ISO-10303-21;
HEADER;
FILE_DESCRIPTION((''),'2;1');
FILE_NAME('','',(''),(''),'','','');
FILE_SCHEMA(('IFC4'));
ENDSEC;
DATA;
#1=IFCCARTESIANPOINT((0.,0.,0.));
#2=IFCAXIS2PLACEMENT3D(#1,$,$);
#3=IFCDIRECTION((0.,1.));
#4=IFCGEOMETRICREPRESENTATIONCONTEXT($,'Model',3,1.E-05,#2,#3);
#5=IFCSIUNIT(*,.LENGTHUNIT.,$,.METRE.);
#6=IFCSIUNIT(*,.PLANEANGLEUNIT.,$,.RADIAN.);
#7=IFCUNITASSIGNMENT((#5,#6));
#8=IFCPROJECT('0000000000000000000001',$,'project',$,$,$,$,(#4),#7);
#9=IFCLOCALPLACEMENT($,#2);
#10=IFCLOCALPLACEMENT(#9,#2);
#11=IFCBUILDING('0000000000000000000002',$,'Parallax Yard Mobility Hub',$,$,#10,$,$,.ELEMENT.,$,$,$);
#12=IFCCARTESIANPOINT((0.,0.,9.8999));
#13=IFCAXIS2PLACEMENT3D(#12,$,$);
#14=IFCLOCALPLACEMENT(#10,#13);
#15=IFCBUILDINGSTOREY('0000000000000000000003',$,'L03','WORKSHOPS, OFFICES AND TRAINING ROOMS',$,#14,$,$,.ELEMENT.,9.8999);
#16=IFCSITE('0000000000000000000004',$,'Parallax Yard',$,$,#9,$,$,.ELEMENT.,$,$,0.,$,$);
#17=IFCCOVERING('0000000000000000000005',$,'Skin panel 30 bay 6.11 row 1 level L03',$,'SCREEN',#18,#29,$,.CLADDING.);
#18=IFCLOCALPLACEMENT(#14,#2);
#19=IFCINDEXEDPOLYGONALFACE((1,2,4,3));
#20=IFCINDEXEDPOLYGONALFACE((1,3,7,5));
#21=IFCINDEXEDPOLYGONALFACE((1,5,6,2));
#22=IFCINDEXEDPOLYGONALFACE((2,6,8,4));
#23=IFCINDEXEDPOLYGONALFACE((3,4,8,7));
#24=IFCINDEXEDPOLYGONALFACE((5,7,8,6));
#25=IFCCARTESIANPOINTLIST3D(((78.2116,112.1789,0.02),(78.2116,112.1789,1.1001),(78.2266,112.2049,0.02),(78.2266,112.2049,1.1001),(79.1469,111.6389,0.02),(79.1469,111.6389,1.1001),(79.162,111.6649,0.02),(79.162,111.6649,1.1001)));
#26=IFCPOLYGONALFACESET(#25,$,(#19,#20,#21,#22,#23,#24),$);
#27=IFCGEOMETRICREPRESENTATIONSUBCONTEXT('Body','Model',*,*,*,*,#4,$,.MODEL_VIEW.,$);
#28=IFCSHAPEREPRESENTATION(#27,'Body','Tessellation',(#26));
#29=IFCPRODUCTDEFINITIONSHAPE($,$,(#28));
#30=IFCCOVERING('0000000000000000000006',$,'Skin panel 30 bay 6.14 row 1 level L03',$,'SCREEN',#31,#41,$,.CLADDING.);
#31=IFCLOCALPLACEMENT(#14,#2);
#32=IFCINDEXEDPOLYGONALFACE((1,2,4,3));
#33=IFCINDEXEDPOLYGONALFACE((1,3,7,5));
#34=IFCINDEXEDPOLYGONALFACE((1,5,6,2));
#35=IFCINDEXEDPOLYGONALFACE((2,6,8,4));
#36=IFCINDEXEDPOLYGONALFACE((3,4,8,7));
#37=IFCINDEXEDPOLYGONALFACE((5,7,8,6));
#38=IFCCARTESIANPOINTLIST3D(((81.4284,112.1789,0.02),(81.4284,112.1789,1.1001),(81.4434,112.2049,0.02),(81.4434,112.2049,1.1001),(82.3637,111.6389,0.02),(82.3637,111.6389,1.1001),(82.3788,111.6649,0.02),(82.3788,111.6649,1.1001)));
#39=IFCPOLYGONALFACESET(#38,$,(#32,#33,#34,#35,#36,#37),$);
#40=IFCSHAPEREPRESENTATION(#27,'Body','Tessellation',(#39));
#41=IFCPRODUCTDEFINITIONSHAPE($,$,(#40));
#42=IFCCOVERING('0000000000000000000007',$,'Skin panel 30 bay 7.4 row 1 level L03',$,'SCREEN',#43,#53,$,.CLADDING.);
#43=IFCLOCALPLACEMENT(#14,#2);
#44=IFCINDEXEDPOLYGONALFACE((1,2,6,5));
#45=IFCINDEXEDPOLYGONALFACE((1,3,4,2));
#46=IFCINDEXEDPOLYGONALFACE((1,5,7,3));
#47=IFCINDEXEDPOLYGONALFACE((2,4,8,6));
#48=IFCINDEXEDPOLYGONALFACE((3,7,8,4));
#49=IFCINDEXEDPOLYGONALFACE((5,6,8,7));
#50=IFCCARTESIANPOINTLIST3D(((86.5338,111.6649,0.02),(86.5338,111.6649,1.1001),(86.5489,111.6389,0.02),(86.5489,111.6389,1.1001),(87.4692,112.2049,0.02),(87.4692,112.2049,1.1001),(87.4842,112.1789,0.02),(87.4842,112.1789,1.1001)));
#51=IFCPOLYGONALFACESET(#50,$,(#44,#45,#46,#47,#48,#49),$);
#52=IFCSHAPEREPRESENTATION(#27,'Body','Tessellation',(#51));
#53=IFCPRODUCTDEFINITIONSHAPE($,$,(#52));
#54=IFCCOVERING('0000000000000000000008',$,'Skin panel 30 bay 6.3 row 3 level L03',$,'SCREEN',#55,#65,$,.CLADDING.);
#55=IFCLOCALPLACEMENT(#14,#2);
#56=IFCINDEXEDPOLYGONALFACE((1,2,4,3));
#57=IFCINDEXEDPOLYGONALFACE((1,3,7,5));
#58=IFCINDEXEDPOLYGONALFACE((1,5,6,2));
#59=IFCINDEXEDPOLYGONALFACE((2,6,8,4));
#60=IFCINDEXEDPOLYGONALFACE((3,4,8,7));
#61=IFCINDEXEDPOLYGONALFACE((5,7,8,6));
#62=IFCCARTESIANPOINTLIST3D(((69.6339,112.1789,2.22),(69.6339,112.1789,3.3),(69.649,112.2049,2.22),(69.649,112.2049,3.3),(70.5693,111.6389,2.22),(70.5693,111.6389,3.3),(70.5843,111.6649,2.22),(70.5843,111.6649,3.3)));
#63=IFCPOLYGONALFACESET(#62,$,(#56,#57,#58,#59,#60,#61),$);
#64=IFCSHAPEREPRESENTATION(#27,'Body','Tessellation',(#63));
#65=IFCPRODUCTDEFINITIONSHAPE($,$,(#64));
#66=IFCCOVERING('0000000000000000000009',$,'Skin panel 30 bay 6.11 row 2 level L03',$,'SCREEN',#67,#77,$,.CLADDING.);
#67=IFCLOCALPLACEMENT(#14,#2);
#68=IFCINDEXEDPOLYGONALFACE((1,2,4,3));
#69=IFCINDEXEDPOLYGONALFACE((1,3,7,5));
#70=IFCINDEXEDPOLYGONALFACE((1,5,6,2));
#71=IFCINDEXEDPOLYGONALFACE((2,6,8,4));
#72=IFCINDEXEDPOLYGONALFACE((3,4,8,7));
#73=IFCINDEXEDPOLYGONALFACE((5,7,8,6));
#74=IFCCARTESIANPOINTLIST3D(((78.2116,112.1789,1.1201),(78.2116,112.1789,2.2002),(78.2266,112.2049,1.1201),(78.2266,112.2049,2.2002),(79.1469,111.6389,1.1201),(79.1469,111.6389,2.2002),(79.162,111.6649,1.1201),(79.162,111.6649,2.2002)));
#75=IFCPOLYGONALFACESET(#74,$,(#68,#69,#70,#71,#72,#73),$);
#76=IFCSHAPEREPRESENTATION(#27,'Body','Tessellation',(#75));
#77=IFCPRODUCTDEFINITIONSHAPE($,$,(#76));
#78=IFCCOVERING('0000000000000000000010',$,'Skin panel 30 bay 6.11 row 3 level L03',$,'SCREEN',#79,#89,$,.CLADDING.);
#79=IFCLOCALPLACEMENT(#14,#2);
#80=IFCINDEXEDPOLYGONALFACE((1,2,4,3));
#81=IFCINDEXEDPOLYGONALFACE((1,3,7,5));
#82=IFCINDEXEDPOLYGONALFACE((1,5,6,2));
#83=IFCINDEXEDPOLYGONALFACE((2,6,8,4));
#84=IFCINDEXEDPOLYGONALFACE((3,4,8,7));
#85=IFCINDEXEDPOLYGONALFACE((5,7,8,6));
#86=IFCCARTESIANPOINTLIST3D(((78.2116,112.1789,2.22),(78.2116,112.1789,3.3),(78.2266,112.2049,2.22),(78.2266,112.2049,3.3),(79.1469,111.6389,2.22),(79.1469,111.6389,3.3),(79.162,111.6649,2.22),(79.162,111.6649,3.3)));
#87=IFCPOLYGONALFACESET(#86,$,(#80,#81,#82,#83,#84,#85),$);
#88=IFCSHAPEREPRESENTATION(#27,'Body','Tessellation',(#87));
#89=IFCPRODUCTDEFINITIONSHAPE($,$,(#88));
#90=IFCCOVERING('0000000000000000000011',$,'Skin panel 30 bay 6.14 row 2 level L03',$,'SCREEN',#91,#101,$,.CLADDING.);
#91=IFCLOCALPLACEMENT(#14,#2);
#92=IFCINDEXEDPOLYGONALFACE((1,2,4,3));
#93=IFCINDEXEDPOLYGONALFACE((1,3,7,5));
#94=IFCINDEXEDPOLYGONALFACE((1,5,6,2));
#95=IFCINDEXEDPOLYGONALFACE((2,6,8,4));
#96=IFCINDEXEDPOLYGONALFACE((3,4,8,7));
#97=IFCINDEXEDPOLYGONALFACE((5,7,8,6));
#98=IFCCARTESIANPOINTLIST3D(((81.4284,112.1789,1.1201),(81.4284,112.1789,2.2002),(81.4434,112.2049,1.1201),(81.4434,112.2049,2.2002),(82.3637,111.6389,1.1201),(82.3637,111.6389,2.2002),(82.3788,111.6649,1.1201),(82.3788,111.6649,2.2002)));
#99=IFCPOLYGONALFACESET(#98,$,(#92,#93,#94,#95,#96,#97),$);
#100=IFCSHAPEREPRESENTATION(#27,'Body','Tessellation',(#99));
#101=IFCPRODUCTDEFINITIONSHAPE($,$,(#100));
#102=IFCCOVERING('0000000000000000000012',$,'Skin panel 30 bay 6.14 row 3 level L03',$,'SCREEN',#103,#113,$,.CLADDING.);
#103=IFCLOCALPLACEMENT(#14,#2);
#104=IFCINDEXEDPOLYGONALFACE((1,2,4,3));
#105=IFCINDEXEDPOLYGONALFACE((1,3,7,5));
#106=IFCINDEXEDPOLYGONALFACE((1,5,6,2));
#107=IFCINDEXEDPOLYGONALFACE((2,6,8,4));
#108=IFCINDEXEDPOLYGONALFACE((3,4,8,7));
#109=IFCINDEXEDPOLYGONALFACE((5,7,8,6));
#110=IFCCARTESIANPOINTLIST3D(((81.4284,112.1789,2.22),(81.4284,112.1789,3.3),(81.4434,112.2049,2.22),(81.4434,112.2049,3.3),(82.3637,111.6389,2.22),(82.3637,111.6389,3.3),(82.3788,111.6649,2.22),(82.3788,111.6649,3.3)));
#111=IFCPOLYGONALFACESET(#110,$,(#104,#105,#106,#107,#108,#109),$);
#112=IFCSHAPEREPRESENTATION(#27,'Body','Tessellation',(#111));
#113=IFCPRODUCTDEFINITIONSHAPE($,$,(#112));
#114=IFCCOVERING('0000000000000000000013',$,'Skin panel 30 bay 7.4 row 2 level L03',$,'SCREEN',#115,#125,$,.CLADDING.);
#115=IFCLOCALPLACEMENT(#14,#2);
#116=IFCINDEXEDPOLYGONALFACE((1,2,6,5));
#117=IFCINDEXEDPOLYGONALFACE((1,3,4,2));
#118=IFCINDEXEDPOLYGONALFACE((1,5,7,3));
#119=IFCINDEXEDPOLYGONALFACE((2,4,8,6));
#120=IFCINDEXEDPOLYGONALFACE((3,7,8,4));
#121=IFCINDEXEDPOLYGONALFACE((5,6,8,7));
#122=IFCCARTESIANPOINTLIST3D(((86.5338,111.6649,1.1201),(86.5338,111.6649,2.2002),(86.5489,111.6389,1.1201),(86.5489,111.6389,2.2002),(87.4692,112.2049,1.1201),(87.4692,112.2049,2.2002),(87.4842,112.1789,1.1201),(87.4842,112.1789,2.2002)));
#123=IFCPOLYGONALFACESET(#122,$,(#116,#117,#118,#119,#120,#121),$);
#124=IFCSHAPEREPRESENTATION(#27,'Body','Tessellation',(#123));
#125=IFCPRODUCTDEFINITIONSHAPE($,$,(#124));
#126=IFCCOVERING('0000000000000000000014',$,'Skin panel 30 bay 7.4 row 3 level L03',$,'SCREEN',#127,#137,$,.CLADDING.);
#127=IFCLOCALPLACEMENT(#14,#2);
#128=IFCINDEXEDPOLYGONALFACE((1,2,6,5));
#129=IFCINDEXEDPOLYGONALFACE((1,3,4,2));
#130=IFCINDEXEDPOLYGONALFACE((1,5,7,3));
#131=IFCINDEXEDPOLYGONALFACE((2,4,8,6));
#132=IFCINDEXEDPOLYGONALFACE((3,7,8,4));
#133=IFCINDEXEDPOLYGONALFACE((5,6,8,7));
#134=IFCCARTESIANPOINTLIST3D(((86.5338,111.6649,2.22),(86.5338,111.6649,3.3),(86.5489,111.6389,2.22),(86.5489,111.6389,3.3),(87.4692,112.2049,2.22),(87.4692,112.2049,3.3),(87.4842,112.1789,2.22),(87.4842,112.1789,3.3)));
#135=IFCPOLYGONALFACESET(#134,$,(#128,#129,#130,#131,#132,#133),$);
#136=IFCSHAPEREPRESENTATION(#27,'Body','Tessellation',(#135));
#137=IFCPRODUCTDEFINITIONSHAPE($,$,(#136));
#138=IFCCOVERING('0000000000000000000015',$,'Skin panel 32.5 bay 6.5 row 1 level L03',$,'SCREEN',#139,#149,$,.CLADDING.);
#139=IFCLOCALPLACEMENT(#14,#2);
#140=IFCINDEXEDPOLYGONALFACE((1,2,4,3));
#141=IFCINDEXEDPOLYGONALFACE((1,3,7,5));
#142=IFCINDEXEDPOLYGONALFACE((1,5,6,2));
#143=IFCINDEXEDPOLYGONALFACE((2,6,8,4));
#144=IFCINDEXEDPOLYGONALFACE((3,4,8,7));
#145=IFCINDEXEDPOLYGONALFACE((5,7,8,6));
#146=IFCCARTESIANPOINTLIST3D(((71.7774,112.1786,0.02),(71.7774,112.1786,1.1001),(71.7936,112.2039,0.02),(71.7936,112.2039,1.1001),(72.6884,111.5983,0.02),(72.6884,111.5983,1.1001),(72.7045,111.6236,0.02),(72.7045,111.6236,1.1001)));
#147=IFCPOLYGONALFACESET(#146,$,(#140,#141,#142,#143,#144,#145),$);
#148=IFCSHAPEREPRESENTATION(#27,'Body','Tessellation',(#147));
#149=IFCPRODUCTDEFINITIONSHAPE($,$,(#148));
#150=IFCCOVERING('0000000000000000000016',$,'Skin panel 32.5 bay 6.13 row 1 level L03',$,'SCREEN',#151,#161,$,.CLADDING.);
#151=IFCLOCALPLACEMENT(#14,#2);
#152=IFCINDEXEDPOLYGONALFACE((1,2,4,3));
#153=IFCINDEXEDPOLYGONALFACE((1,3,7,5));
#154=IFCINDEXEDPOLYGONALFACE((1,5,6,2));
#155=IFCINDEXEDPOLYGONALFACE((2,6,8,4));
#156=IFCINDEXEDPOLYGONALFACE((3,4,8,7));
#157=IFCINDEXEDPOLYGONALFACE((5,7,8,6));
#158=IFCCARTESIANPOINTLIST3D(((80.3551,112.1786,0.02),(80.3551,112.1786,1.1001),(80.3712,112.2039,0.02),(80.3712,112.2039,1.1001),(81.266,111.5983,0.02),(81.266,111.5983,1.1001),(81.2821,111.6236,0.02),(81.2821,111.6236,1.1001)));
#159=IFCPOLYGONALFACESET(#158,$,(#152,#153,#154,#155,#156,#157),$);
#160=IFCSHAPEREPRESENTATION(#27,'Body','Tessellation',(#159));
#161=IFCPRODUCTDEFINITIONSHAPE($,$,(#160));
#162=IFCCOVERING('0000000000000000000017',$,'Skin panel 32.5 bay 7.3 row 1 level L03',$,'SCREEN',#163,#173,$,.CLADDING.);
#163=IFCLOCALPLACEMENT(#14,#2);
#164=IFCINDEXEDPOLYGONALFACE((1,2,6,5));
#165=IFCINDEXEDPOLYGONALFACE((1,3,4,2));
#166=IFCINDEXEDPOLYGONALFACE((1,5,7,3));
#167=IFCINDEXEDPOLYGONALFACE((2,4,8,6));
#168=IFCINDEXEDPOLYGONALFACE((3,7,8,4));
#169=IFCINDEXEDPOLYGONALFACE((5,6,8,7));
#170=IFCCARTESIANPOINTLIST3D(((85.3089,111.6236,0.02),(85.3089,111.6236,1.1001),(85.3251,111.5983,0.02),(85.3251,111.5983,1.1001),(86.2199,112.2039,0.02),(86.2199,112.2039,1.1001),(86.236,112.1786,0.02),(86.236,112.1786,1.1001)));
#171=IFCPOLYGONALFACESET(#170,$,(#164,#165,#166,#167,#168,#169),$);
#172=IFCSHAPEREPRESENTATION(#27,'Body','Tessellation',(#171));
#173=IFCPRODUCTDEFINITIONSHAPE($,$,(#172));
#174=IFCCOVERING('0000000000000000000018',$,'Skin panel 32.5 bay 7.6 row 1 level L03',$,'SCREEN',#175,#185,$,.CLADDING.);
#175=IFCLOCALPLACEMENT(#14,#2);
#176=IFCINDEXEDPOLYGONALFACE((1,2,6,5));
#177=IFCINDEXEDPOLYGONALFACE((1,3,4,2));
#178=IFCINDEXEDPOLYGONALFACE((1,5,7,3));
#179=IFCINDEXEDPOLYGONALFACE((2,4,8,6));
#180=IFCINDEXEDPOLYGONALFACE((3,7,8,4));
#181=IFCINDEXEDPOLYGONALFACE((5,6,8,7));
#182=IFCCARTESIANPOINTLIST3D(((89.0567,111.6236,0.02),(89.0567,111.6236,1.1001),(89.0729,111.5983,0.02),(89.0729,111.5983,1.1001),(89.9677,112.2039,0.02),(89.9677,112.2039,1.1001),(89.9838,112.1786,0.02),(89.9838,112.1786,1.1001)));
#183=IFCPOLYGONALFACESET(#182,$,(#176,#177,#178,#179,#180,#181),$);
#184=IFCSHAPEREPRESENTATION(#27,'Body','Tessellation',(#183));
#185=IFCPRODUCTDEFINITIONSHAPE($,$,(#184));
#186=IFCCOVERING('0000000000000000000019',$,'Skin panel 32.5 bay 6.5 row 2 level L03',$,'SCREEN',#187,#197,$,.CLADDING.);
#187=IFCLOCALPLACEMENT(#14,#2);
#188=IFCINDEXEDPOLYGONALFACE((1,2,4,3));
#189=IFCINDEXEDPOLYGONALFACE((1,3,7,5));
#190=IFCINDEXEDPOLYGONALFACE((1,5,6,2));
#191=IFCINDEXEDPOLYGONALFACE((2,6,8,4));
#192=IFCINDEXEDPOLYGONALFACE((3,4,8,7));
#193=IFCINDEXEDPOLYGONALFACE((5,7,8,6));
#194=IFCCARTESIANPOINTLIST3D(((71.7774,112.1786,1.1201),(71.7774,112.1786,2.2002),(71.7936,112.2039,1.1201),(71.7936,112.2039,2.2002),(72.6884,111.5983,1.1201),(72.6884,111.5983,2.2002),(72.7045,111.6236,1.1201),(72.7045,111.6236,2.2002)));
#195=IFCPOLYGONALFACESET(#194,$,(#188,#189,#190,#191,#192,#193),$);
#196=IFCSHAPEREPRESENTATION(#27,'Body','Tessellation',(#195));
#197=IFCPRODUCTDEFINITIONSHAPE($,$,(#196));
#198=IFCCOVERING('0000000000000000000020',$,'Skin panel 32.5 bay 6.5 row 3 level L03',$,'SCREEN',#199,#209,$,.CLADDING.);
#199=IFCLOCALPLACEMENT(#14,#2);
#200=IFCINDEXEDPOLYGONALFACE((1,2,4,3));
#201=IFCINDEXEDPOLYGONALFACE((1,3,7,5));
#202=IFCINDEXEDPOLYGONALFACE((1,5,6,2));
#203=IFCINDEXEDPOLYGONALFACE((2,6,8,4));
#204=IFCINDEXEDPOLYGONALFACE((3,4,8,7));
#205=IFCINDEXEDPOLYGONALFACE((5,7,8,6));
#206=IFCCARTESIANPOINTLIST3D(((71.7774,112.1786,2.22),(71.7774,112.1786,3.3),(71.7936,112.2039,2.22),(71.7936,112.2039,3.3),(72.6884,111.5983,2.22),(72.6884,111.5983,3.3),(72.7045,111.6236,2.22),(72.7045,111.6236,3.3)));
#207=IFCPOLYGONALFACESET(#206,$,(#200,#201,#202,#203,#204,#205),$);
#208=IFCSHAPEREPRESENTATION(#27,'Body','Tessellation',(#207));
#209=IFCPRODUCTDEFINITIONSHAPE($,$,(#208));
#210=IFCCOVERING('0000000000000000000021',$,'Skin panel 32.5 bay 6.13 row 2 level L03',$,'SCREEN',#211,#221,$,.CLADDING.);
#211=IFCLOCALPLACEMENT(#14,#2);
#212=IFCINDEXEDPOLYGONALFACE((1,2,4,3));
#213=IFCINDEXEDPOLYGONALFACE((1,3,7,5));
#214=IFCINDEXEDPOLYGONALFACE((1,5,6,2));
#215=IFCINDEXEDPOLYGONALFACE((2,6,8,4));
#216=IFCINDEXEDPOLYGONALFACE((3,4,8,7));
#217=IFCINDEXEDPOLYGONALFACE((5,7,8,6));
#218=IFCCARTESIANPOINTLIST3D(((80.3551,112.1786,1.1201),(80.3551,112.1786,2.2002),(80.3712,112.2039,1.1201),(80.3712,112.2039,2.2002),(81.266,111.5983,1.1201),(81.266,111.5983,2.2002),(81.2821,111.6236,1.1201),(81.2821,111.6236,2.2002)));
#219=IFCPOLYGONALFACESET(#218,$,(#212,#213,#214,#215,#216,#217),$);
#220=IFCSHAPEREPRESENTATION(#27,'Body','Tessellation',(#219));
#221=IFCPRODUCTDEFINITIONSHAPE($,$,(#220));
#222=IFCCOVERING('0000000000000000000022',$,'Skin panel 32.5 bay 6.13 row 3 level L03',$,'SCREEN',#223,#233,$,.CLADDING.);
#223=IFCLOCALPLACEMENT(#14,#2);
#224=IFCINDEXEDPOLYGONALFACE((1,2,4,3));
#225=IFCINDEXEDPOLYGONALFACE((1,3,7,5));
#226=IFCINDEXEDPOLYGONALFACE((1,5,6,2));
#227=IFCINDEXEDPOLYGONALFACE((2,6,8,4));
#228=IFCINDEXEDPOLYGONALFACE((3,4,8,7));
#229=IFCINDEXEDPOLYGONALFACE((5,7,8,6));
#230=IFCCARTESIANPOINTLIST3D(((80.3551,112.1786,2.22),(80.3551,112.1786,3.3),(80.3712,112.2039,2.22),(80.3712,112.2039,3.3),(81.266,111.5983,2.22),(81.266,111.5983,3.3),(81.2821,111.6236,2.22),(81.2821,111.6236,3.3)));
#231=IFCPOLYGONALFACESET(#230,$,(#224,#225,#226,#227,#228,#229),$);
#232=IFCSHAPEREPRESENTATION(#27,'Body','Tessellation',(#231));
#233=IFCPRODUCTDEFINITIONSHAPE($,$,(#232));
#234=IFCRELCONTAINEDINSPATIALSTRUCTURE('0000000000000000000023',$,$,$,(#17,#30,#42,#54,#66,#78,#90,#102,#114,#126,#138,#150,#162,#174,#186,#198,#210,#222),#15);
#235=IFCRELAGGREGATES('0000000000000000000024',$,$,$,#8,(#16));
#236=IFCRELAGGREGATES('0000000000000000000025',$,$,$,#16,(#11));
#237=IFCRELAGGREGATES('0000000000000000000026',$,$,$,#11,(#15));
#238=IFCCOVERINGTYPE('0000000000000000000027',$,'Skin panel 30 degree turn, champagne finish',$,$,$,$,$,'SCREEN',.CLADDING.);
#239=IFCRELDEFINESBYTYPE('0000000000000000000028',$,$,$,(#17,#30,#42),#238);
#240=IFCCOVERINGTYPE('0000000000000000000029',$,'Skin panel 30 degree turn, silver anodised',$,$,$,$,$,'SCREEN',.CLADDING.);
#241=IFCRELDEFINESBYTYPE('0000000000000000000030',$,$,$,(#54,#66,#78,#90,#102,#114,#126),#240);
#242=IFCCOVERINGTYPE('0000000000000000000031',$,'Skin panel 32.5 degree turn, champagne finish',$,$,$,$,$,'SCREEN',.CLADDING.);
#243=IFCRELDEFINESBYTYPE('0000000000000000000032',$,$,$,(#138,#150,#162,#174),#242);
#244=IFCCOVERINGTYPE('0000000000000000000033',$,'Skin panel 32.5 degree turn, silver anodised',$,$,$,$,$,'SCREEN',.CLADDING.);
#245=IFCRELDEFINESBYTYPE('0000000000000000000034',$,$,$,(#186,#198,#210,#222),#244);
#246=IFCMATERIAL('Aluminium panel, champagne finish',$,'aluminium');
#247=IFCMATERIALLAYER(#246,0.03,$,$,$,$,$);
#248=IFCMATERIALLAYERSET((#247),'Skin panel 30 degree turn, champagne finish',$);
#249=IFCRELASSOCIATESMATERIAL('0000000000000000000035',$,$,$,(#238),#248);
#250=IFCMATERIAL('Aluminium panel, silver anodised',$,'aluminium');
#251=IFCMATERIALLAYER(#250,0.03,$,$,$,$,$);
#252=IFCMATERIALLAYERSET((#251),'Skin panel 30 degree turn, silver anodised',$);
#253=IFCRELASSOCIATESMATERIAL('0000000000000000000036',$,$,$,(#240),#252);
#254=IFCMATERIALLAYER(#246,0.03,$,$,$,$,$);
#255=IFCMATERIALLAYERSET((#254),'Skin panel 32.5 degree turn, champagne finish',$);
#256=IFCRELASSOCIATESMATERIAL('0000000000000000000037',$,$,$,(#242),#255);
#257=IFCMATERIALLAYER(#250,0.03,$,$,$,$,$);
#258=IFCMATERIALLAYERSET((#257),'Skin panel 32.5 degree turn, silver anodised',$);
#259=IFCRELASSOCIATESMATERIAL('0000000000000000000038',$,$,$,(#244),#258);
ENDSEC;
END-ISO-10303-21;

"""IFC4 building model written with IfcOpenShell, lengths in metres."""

from ifc_helpers import new_model, si_unit, direction, frame, origin, origin_2d, place, context, subcontext, project, spatial, rectangle, extrude, material, layer, layer_set, type_object, element, save


model = new_model("IFC4")

# Units and contexts
model_context = context("Model", 3, precision=1e-05, world=origin(), true_north=direction((0.0, 1.0)))
body_context = subcontext(model_context, "Body", "Model", "MODEL_VIEW")
ifc_project = project(units=[si_unit("LENGTHUNIT", "METRE"), si_unit("PLANEANGLEUNIT", "RADIAN")], contexts=[model_context])

# Site, building, storey
site_placement = place(None, origin())
site = spatial("IfcSite", under=ifc_project, at=site_placement, Name="Parallax Yard", CompositionType="ELEMENT", RefElevation=0.0)
building_placement = place(site_placement, origin())
building = spatial("IfcBuilding", under=site, at=building_placement, Name="Parallax Yard Mobility Hub", CompositionType="ELEMENT")
storey_placement = place(building_placement, frame((0.0, 0.0, 9.8999)))
storey = spatial("IfcBuildingStorey", under=building, at=storey_placement, Name="L03", Description="WORKSHOPS, OFFICES AND TRAINING ROOMS", CompositionType="ELEMENT", Elevation=9.8999)

# Coverings
ifc_material_1 = material(Name="Aluminium panel, champagne finish", Category="aluminium")
ifc_layer_1 = layer(ifc_material_1, 0.03)
ifc_layer_set_1 = layer_set([ifc_layer_1], Name="Skin panel 30 degree turn, champagne finish")
covering_type_1 = type_object("IfcCoveringType", Name="Skin panel 30 degree turn, champagne finish", ElementType="SCREEN", PredefinedType="CLADDING", material=ifc_layer_set_1)
for number, where, z_axis, x_axis, name in (
    (1, (78.6868, 111.9219, 0.02), (0.0, 0.0, 1.0), (0.866025, -0.5, 0.0), "Skin panel 30 bay 6.11 row 1 level L03"),
    (2, (81.9036, 111.9219, 0.02), (0.0, 0.0, 1.0), (0.866025, -0.5, 0.0), "Skin panel 30 bay 6.14 row 1 level L03"),
    (3, (87.009, 111.9219, 0.02), (0.0, 0.0, 1.0), (-0.866025, -0.5, 0.0), "Skin panel 30 bay 7.4 row 1 level L03"),
):
    element("IfcCovering", number, at=place(storey_placement, frame(where, z_axis=z_axis, x_axis=x_axis)), inside=storey, type_object=covering_type_1, Name=name, ObjectType="SCREEN", PredefinedType="CLADDING", context=body_context, shape_type="SweptSolid", body=[
        extrude(rectangle(XDim=1.0801, YDim=0.03, at=origin_2d()), origin(), (0.0, 0.0, 1.0), 1.0801),
    ])
ifc_material_2 = material(Name="Aluminium panel, silver anodised", Category="aluminium")
ifc_layer_2 = layer(ifc_material_2, 0.03)
ifc_layer_set_2 = layer_set([ifc_layer_2], Name="Skin panel 30 degree turn, silver anodised")
covering_type_2 = type_object("IfcCoveringType", Name="Skin panel 30 degree turn, silver anodised", ElementType="SCREEN", PredefinedType="CLADDING", material=ifc_layer_set_2)
for number, where, z_axis, x_axis, name in (
    (4, (70.1091, 111.9219, 2.22), (0.0, 0.0, 1.0), (0.866025, -0.5, 0.0), "Skin panel 30 bay 6.3 row 3 level L03"),
    (5, (78.6868, 111.9219, 1.1201), (0.0, 0.0, 1.0), (0.866025, -0.5, 0.0), "Skin panel 30 bay 6.11 row 2 level L03"),
    (6, (78.6868, 111.9219, 2.22), (0.0, 0.0, 1.0), (0.866025, -0.5, 0.0), "Skin panel 30 bay 6.11 row 3 level L03"),
    (7, (81.9036, 111.9219, 1.1201), (0.0, 0.0, 1.0), (0.866025, -0.5, 0.0), "Skin panel 30 bay 6.14 row 2 level L03"),
    (8, (81.9036, 111.9219, 2.22), (0.0, 0.0, 1.0), (0.866025, -0.5, 0.0), "Skin panel 30 bay 6.14 row 3 level L03"),
    (9, (87.009, 111.9219, 1.1201), (0.0, 0.0, 1.0), (-0.866025, -0.5, 0.0), "Skin panel 30 bay 7.4 row 2 level L03"),
    (10, (87.009, 111.9219, 2.22), (0.0, 0.0, 1.0), (-0.866025, -0.5, 0.0), "Skin panel 30 bay 7.4 row 3 level L03"),
):
    element("IfcCovering", number, at=place(storey_placement, frame(where, z_axis=z_axis, x_axis=x_axis)), inside=storey, type_object=covering_type_2, Name=name, ObjectType="SCREEN", PredefinedType="CLADDING", context=body_context, shape_type="SweptSolid", body=[
        extrude(rectangle(XDim=1.0801, YDim=0.03, at=origin_2d()), origin(), (0.0, 0.0, 1.0), 1.0801),
    ])
ifc_layer_3 = layer(ifc_material_1, 0.03)
ifc_layer_set_3 = layer_set([ifc_layer_3], Name="Skin panel 32.5 degree turn, champagne finish")
covering_type_3 = type_object("IfcCoveringType", Name="Skin panel 32.5 degree turn, champagne finish", ElementType="SCREEN", PredefinedType="CLADDING", material=ifc_layer_set_3)
for number, where, z_axis, x_axis, name in (
    (11, (72.241, 111.9011, 0.02), (0.0, 0.0, 1.0), (0.843391, -0.5373, 0.0), "Skin panel 32.5 bay 6.5 row 1 level L03"),
    (12, (80.8186, 111.9011, 0.02), (0.0, 0.0, 1.0), (0.843391, -0.5373, 0.0), "Skin panel 32.5 bay 6.13 row 1 level L03"),
    (13, (85.7725, 111.9011, 0.02), (0.0, 0.0, 1.0), (-0.843391, -0.5373, 0.0), "Skin panel 32.5 bay 7.3 row 1 level L03"),
    (14, (89.5203, 111.9011, 0.02), (0.0, 0.0, 1.0), (-0.843391, -0.5373, 0.0), "Skin panel 32.5 bay 7.6 row 1 level L03"),
):
    element("IfcCovering", number, at=place(storey_placement, frame(where, z_axis=z_axis, x_axis=x_axis)), inside=storey, type_object=covering_type_3, Name=name, ObjectType="SCREEN", PredefinedType="CLADDING", context=body_context, shape_type="SweptSolid", body=[
        extrude(rectangle(XDim=1.0801, YDim=0.03, at=origin_2d()), origin(), (0.0, 0.0, 1.0), 1.0801),
    ])
ifc_layer_4 = layer(ifc_material_2, 0.03)
ifc_layer_set_4 = layer_set([ifc_layer_4], Name="Skin panel 32.5 degree turn, silver anodised")
covering_type_4 = type_object("IfcCoveringType", Name="Skin panel 32.5 degree turn, silver anodised", ElementType="SCREEN", PredefinedType="CLADDING", material=ifc_layer_set_4)
for number, where, z_axis, x_axis, name in (
    (15, (72.241, 111.9011, 1.1201), (0.0, 0.0, 1.0), (0.843391, -0.5373, 0.0), "Skin panel 32.5 bay 6.5 row 2 level L03"),
    (16, (72.241, 111.9011, 2.22), (0.0, 0.0, 1.0), (0.843391, -0.5373, 0.0), "Skin panel 32.5 bay 6.5 row 3 level L03"),
    (17, (80.8186, 111.9011, 1.1201), (0.0, 0.0, 1.0), (0.843391, -0.5373, 0.0), "Skin panel 32.5 bay 6.13 row 2 level L03"),
    (18, (80.8186, 111.9011, 2.22), (0.0, 0.0, 1.0), (0.843391, -0.5373, 0.0), "Skin panel 32.5 bay 6.13 row 3 level L03"),
):
    element("IfcCovering", number, at=place(storey_placement, frame(where, z_axis=z_axis, x_axis=x_axis)), inside=storey, type_object=covering_type_4, Name=name, ObjectType="SCREEN", PredefinedType="CLADDING", context=body_context, shape_type="SweptSolid", body=[
        extrude(rectangle(XDim=1.0801, YDim=0.03, at=origin_2d()), origin(), (0.0, 0.0, 1.0), 1.0801),
    ])

save(model, "model.ifc")
